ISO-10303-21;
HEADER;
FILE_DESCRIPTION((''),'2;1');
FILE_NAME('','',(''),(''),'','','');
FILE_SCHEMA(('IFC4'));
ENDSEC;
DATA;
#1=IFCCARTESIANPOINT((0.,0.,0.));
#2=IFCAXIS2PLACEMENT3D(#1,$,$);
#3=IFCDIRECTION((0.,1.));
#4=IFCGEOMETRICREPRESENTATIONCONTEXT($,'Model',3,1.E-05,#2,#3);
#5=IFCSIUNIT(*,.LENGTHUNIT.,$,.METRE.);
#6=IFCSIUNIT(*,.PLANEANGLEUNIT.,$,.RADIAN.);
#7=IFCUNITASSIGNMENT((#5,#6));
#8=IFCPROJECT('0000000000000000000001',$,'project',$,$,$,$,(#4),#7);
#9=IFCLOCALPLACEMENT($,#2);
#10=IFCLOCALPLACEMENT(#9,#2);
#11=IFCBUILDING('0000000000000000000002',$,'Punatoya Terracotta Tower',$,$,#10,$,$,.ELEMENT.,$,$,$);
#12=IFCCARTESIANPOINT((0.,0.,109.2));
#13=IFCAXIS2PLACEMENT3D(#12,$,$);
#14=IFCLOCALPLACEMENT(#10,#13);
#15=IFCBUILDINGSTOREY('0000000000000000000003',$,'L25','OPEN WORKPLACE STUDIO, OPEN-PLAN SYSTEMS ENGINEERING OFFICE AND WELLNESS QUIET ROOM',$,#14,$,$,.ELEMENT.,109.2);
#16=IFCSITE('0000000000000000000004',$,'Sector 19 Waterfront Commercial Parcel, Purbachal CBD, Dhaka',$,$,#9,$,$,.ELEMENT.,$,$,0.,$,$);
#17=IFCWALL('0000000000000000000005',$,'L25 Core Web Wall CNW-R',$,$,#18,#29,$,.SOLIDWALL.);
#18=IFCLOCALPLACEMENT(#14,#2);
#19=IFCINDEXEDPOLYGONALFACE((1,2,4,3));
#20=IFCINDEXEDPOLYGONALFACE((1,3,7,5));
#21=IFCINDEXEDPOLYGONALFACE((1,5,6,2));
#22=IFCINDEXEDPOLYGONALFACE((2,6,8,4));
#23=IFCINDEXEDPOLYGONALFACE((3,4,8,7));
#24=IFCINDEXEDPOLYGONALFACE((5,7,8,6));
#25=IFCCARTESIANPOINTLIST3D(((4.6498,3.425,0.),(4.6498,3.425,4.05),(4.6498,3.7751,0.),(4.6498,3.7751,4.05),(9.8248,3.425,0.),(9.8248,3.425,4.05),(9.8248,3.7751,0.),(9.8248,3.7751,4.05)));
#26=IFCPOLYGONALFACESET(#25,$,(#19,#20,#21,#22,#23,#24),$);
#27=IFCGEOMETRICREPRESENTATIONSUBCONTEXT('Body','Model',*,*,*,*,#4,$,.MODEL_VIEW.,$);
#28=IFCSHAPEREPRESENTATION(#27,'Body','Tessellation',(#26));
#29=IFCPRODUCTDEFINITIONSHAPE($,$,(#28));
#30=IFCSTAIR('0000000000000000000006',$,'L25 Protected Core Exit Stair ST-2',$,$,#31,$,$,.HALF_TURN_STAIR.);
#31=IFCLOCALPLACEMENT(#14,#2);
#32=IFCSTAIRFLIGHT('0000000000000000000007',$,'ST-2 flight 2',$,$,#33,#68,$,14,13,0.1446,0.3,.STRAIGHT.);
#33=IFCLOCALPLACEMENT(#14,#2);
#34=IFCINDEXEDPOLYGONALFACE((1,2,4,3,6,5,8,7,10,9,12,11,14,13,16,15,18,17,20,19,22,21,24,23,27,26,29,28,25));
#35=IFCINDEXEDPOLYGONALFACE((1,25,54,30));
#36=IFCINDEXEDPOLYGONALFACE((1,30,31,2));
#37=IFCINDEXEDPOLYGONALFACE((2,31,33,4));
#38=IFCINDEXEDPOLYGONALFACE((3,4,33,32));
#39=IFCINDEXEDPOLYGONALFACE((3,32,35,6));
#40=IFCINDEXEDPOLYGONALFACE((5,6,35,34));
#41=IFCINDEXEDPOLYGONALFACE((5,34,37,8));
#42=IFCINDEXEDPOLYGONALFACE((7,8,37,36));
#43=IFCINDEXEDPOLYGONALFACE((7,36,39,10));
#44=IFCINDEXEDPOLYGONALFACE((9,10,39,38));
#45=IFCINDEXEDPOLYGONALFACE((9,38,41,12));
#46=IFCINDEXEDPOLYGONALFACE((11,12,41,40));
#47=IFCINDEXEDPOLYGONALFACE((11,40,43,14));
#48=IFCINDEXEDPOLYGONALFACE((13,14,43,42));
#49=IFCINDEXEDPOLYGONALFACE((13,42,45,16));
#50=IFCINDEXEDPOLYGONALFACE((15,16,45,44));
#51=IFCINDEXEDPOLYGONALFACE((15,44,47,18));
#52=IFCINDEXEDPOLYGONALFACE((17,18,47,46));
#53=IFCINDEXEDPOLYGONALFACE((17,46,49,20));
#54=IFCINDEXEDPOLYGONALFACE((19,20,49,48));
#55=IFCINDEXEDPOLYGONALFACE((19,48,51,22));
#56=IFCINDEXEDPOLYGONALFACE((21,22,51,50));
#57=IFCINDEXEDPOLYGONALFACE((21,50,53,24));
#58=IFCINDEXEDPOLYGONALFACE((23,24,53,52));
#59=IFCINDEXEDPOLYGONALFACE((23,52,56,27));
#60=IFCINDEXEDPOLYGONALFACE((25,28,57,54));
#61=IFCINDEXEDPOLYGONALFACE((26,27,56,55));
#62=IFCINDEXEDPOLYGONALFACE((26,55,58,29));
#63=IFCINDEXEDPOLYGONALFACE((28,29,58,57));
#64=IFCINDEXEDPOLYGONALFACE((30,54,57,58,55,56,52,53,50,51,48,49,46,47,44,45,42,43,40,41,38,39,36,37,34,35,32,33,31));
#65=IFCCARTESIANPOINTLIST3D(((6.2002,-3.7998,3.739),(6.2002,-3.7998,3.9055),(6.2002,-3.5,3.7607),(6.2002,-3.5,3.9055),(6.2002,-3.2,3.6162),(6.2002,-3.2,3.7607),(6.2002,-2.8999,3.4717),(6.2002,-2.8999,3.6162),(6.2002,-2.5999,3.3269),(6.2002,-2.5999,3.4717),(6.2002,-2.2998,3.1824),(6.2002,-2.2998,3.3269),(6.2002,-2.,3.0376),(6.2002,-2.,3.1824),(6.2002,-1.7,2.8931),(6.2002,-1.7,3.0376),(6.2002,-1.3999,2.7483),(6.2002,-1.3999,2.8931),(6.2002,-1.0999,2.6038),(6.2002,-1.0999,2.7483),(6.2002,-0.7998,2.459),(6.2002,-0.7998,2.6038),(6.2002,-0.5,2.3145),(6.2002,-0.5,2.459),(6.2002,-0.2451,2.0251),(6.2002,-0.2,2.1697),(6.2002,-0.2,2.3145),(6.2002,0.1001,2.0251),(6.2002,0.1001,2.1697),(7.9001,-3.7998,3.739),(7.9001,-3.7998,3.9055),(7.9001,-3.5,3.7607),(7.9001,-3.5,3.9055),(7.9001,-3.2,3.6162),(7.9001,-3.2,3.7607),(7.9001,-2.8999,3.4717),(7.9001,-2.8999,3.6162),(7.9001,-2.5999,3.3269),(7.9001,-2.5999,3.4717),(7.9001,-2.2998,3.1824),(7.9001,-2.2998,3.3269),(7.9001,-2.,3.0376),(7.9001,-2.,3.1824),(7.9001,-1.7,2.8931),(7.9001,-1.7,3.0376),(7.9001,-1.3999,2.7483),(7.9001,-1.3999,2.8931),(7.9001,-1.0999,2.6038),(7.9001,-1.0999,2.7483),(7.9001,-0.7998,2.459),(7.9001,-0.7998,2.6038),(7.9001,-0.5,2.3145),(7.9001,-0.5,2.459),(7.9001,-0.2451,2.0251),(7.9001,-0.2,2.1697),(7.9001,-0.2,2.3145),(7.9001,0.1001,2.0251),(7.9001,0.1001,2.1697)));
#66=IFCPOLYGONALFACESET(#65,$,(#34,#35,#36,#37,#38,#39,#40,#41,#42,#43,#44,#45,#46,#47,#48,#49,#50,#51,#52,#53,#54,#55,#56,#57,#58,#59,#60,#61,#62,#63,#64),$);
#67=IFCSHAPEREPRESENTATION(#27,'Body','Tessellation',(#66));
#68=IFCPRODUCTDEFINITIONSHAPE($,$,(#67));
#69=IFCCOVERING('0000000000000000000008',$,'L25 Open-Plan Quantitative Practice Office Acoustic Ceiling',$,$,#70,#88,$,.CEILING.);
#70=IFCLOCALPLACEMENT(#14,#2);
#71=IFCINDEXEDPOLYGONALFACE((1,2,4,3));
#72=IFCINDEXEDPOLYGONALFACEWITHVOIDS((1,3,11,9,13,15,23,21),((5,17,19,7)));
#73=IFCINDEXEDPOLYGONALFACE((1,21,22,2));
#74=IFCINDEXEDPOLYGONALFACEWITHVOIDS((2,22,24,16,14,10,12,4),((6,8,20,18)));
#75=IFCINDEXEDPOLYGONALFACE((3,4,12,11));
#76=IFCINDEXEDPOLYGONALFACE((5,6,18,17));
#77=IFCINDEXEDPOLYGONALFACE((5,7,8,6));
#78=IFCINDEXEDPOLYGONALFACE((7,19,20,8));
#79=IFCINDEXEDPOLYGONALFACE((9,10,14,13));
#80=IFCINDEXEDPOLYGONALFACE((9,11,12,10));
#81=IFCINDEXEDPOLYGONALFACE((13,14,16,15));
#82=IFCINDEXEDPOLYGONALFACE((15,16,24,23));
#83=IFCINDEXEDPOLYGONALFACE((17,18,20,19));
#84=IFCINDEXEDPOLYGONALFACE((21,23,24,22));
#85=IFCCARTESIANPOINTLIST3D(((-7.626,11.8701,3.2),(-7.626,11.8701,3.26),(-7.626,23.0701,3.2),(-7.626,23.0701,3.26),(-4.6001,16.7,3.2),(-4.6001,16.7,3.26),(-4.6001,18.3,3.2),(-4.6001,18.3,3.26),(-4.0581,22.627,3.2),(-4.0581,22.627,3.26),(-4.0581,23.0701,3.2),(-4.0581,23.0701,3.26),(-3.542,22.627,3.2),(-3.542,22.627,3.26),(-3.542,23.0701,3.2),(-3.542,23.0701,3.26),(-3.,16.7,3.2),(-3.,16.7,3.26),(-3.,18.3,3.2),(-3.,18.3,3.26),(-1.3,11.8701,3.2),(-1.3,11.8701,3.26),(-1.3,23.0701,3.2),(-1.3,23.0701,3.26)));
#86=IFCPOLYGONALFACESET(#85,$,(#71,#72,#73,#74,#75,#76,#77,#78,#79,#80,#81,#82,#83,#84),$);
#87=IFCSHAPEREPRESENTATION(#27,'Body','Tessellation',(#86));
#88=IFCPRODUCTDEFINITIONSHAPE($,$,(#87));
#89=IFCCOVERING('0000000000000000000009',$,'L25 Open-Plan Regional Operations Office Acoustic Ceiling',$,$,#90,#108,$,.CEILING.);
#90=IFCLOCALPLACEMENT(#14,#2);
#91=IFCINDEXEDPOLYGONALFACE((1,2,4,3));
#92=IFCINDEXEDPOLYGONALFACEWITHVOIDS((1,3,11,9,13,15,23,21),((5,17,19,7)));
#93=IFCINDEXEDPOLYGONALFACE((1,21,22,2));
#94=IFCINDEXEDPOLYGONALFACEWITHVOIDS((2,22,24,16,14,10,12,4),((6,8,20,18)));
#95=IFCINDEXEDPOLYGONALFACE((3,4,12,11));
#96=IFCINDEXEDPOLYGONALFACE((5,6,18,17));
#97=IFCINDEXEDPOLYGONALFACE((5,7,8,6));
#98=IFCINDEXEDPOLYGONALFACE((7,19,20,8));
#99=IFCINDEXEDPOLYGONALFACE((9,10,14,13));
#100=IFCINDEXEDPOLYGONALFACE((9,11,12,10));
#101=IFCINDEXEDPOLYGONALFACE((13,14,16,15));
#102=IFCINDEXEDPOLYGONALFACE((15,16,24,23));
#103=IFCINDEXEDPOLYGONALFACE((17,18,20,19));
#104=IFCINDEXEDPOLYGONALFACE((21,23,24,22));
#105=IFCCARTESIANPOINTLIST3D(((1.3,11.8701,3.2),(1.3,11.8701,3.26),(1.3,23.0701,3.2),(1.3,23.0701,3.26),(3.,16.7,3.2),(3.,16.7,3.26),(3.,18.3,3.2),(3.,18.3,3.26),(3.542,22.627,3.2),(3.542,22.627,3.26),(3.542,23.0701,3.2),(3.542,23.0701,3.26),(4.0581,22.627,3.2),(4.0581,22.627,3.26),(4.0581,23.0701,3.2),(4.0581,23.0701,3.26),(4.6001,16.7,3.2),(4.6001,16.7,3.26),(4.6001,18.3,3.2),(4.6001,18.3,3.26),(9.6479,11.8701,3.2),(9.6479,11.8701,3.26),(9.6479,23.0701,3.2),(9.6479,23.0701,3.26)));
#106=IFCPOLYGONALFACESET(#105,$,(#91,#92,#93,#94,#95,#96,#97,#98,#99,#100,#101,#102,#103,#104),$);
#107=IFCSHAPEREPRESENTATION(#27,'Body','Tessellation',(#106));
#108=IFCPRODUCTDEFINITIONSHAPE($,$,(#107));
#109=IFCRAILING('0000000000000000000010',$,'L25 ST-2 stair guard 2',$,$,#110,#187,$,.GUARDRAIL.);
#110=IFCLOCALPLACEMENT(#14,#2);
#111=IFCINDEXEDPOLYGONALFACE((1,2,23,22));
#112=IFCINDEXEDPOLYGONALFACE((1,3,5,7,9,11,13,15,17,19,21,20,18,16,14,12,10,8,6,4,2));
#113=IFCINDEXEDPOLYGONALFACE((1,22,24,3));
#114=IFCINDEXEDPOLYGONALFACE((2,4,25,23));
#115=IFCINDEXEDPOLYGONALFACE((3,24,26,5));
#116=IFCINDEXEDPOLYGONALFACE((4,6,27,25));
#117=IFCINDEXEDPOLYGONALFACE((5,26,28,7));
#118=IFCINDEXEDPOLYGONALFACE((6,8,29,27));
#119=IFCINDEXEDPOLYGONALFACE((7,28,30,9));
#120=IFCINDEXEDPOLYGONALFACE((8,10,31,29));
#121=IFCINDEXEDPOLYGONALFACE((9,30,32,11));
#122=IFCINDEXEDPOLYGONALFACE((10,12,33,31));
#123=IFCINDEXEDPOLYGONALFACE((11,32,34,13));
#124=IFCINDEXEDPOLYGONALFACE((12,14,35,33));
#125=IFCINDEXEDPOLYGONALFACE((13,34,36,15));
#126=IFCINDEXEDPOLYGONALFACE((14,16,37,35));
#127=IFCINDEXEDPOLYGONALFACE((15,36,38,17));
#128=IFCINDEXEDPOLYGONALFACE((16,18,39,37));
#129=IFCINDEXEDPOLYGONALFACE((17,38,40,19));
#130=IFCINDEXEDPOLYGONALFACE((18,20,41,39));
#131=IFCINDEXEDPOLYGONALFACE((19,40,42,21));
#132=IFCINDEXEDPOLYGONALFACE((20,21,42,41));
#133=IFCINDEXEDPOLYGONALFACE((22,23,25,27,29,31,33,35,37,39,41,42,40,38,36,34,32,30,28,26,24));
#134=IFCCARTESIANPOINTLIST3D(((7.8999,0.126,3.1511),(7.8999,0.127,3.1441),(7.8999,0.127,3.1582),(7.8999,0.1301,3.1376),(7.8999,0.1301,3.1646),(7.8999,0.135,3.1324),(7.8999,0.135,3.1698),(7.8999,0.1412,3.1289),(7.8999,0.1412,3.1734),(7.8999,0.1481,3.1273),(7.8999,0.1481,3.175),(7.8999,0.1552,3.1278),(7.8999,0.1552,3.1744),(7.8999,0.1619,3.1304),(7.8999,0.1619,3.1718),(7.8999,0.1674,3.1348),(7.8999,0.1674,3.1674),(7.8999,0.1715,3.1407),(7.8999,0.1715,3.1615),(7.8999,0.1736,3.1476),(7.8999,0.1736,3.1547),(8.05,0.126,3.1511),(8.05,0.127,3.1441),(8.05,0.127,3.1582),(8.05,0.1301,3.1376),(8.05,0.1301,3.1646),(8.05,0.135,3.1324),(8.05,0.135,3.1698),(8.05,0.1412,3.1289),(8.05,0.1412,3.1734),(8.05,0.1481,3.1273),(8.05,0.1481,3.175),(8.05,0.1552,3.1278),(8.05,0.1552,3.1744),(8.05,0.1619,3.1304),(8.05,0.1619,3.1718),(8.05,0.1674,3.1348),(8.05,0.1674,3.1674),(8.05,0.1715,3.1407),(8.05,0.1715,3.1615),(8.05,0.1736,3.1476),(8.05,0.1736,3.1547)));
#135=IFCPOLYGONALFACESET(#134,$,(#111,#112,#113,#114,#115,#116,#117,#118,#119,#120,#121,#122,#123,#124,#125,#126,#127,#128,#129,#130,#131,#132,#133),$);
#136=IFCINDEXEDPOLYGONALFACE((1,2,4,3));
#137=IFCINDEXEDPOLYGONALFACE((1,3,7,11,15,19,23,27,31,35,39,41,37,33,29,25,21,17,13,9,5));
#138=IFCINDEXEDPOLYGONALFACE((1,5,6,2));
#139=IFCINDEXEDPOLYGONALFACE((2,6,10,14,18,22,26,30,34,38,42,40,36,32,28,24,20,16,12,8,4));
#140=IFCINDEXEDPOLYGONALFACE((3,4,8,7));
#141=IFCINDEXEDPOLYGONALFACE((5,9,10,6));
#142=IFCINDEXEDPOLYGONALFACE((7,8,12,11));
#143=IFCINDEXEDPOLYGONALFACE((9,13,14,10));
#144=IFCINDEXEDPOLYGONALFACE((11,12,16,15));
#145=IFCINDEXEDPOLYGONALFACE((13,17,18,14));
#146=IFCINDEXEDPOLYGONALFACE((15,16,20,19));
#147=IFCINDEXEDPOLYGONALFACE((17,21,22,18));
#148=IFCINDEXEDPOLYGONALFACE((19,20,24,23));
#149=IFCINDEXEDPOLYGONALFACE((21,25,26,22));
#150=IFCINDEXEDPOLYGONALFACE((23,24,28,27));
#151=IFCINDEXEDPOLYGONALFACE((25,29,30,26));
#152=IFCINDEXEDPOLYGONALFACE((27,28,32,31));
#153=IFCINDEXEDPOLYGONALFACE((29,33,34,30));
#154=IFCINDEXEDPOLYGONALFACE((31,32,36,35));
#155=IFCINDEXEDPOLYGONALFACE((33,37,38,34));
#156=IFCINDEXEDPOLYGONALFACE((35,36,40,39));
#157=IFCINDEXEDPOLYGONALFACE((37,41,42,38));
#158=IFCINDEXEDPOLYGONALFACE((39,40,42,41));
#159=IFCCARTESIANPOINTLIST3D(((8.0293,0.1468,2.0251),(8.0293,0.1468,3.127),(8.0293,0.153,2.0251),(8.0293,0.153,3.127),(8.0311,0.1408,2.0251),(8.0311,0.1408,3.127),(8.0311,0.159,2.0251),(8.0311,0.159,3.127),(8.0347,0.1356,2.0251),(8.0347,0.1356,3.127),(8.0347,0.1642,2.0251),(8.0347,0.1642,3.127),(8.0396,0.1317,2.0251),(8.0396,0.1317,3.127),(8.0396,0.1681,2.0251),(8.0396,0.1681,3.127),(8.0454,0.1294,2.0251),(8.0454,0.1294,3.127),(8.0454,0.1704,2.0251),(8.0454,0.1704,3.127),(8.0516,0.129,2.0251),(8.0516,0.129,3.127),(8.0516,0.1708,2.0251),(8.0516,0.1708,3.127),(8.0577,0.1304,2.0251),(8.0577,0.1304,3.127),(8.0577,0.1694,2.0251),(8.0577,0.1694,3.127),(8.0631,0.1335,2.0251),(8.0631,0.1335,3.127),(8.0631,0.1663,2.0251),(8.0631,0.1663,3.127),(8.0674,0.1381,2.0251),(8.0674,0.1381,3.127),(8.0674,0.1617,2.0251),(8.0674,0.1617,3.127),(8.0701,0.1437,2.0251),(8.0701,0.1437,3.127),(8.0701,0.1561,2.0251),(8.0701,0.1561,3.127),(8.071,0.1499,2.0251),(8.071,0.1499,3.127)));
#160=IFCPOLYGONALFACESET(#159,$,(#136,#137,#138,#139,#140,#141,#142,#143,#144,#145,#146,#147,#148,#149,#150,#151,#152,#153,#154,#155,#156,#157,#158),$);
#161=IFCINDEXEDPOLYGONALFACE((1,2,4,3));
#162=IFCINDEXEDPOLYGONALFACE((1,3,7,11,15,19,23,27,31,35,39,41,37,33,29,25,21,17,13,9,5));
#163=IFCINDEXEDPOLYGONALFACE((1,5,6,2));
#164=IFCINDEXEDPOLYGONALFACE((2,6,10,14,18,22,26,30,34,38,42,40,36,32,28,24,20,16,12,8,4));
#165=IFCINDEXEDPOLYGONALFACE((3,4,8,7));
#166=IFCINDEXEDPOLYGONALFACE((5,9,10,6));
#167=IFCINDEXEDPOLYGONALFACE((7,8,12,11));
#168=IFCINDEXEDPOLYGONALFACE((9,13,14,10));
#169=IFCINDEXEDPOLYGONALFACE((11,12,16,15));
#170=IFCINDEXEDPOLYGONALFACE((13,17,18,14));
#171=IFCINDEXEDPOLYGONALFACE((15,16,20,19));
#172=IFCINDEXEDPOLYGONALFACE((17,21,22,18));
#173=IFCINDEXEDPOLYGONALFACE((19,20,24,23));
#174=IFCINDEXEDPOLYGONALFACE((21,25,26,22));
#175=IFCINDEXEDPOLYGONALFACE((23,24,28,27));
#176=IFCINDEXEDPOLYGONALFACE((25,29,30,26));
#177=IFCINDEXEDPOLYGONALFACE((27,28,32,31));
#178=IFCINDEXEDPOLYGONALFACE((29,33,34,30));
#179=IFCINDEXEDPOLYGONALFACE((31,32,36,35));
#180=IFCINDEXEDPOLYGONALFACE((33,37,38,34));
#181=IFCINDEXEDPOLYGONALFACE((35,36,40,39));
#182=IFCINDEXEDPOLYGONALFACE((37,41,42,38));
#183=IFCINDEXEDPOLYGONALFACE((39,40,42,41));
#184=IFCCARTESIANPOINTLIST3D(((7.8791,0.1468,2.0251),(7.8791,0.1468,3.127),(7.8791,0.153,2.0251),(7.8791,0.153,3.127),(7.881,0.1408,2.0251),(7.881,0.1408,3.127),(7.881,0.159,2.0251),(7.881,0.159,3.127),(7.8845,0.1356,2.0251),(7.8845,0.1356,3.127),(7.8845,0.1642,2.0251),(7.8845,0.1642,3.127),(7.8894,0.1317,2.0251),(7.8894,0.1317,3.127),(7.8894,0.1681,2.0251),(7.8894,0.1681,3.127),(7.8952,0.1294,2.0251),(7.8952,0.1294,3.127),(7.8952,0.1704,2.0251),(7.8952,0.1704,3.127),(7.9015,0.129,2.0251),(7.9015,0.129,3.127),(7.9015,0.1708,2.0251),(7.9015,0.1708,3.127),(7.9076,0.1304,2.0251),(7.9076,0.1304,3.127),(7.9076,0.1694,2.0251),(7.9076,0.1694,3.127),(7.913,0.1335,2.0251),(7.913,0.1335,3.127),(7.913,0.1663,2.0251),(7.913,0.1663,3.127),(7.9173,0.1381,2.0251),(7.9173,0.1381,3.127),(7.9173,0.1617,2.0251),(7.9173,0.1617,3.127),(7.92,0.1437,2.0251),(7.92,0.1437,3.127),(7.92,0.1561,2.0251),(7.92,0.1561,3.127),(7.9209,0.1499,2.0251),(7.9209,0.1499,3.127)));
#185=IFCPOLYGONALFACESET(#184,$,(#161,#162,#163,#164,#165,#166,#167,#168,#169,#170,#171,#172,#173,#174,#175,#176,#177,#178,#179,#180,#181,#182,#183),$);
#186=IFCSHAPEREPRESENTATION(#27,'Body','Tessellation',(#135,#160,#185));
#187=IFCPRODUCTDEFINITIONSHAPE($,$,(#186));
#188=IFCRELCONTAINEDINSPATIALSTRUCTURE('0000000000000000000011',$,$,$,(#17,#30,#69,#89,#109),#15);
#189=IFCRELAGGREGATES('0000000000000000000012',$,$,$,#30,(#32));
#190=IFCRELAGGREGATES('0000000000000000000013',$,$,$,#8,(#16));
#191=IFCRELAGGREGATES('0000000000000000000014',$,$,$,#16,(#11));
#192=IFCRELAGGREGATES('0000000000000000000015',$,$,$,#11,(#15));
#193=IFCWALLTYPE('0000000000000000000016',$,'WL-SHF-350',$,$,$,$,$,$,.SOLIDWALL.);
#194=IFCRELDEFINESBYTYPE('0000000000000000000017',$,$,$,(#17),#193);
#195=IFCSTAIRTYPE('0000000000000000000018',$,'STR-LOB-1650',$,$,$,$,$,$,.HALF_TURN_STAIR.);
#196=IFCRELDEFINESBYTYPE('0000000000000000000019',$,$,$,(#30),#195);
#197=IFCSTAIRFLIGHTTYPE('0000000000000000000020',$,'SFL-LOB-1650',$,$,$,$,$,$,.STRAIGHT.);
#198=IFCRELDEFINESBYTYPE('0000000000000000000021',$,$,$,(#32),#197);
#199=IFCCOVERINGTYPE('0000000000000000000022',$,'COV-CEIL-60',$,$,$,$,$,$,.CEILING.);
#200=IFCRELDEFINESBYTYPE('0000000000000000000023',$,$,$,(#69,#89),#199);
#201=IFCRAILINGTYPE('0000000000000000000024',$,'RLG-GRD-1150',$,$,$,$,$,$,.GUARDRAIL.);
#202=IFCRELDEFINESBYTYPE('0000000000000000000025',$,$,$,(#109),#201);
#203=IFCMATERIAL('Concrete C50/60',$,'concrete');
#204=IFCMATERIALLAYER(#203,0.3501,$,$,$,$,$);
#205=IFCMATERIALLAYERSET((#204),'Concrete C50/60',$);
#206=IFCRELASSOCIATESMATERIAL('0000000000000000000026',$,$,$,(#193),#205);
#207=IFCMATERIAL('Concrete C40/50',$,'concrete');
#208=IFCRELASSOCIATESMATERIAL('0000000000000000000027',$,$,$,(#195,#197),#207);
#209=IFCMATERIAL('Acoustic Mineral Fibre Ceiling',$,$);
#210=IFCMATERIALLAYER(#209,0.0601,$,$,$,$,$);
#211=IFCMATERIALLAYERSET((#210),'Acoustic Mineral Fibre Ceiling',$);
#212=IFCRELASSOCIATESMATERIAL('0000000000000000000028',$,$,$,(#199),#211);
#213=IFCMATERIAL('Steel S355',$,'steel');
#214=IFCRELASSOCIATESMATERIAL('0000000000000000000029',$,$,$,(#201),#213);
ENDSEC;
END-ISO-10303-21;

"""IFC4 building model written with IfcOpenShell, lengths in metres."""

from ifc_helpers import new_model, si_unit, direction, frame, frame_2d, origin, origin_2d, place, context, subcontext, project, spatial, polyline, rectangle, circle, outline, extrude, material, layer, layer_set, type_object, element, aggregate, save


model = new_model("IFC4")

# Units and contexts
model_context = context("Model", 3, precision=1e-05, world=origin(), true_north=direction((0.0, 1.0)))
body_context = subcontext(model_context, "Body", "Model", "MODEL_VIEW")
ifc_project = project(units=[si_unit("LENGTHUNIT", "METRE"), si_unit("PLANEANGLEUNIT", "RADIAN")], contexts=[model_context])

# Site, building, storey
site_placement = place(None, origin())
site = spatial("IfcSite", under=ifc_project, at=site_placement, Name="Sector 19 Waterfront Commercial Parcel, Purbachal CBD, Dhaka", CompositionType="ELEMENT", RefElevation=0.0)
building_placement = place(site_placement, origin())
building = spatial("IfcBuilding", under=site, at=building_placement, Name="Punatoya Terracotta Tower", CompositionType="ELEMENT")
storey_placement = place(building_placement, frame((0.0, 0.0, 109.2)))
storey = spatial("IfcBuildingStorey", under=building, at=storey_placement, Name="L25", Description="OPEN WORKPLACE STUDIO, OPEN-PLAN SYSTEMS ENGINEERING OFFICE AND WELLNESS QUIET ROOM", CompositionType="ELEMENT", Elevation=109.2)

# Shared definitions
ifc_material_1 = material(Name="Steel S355", Category="steel")

# Wall
ifc_material_2 = material(Name="Concrete C40/50", Category="concrete")
ifc_material_3 = material(Name="Concrete C50/60", Category="concrete")
ifc_layer_1 = layer(ifc_material_3, 0.3501)
ifc_layer_set_1 = layer_set([ifc_layer_1], Name="Concrete C50/60")
wall_type_1 = type_object("IfcWallType", Name="WL-SHF-350", PredefinedType="SOLIDWALL", material=ifc_layer_set_1)
wall_1_placement = place(storey_placement, frame((4.6499, 3.6001, 0.0), z_axis=(0.0, 0.0, 1.0), x_axis=(1.0, 0.0, 0.0)))
element("IfcWall", 1, at=wall_1_placement, inside=storey, type_object=wall_type_1, Name="L25 Core Web Wall CNW-R", PredefinedType="SOLIDWALL", context=body_context, shape_type="SweptSolid", body=[
    extrude(rectangle(XDim=5.175, YDim=0.3501, at=frame_2d((2.5874, 0.0))), origin(), (0.0, 0.0, 1.0), 4.05),
])

# Stair, stair flight
stair_type = type_object("IfcStairType", Name="STR-LOB-1650", PredefinedType="HALF_TURN_STAIR", material=ifc_material_2)
stair_placement = place(storey_placement, origin())
stair = element("IfcStair", 2, at=stair_placement, inside=storey, type_object=stair_type, Name="L25 Protected Core Exit Stair ST-2", PredefinedType="HALF_TURN_STAIR")
stair_flight_type = type_object("IfcStairFlightType", Name="SFL-LOB-1650", PredefinedType="STRAIGHT", material=ifc_material_2)
stair_flight_placement = place(storey_placement, frame((7.05, 0.1001, 2.0251), z_axis=(0.0, 0.0, 1.0), x_axis=(0.0, -1.0, 0.0)))
stair_flight = element("IfcStairFlight", 3, at=stair_flight_placement, type_object=stair_flight_type, Name="ST-2 flight 2", NumberOfRisers=14, NumberOfTreads=13, PredefinedType="STRAIGHT", RiserHeight=0.1446, TreadLength=0.3, context=body_context, shape_type="SweptSolid", body=[
    extrude(outline(polyline([(0.0, 0.0), (0.0, 0.1445), (0.3, 0.1445), (0.3, 0.2893), (0.6001, 0.2893), (0.6001, 0.4338), (0.8999, 0.4338), (0.8999, 0.5786), (1.2, 0.5786), (1.2, 0.7231), (1.5, 0.7231), (1.5, 0.8679), (1.8, 0.8679), (1.8, 1.0125), (2.1001, 1.0125), (2.1001, 1.1572), (2.3999, 1.1572), (2.3999, 1.3018), (2.7, 1.3018), (2.7, 1.4465), (3.0, 1.4465), (3.0, 1.5911), (3.3, 1.5911), (3.3, 1.7356), (3.6001, 1.7356), (3.6001, 1.8804), (3.8999, 1.8804), (3.8999, 2.0249), (3.8999, 1.7139), (0.3452, 0.0), (0.0, 0.0)])), frame((0.0, 0.8501, 0.0), z_axis=(0.0, -1.0, 0.0), x_axis=(1.0, 0.0, 0.0)), (0.0, 0.0, 1.0), 1.7),
])
aggregate(stair, [stair_flight])

# Coverings
ifc_material_4 = material(Name="Acoustic Mineral Fibre Ceiling")
ifc_layer_2 = layer(ifc_material_4, 0.0601)
ifc_layer_set_2 = layer_set([ifc_layer_2], Name="Acoustic Mineral Fibre Ceiling")
covering_type = type_object("IfcCoveringType", Name="COV-CEIL-60", PredefinedType="CEILING", material=ifc_layer_set_2)
covering_1_placement = place(storey_placement, frame((0.0, 0.0, 3.2)))
element("IfcCovering", 4, at=covering_1_placement, inside=storey, type_object=covering_type, Name="L25 Open-Plan Quantitative Practice Office Acoustic Ceiling", PredefinedType="CEILING", context=body_context, shape_type="SweptSolid", body=[
    extrude(outline(polyline([(-3.542, 22.627), (-4.0581, 22.627), (-4.0581, 23.0701), (-7.626, 23.0701), (-7.626, 11.8701), (-1.3, 11.8701), (-1.3, 23.0701), (-3.542, 23.0701), (-3.542, 22.627)]), holes=[polyline([(-3.0, 18.3), (-3.0, 16.7), (-4.6001, 16.7), (-4.6001, 18.3), (-3.0, 18.3)])]), origin(), (0.0, 0.0, 1.0), 0.0601),
])
covering_2_placement = place(storey_placement, frame((0.0, 0.0, 3.2)))
element("IfcCovering", 5, at=covering_2_placement, inside=storey, type_object=covering_type, Name="L25 Open-Plan Regional Operations Office Acoustic Ceiling", PredefinedType="CEILING", context=body_context, shape_type="SweptSolid", body=[
    extrude(outline(polyline([(3.542, 23.0701), (1.3, 23.0701), (1.3, 11.8701), (9.6479, 11.8701), (9.6479, 23.0701), (4.0581, 23.0701), (4.0581, 22.627), (3.542, 22.627), (3.542, 23.0701)]), holes=[polyline([(3.0, 18.3), (4.6001, 18.3), (4.6001, 16.7), (3.0, 16.7), (3.0, 18.3)])]), origin(), (0.0, 0.0, 1.0), 0.0601),
])

# Railing
railing_type_1 = type_object("IfcRailingType", Name="RLG-GRD-1150", PredefinedType="GUARDRAIL", material=ifc_material_1)
railing_1_placement = place(storey_placement, frame((8.05, 0.1499, 2.0251)))
element("IfcRailing", 6, at=railing_1_placement, inside=storey, type_object=railing_type_1, Name="L25 ST-2 stair guard 2", PredefinedType="GUARDRAIL", context=body_context, shape_type="SweptSolid", body=[
    extrude(circle(Radius=0.0239, at=origin_2d()), frame((0.0, 0.0, 1.126), z_axis=(-1.0, 0.0, 0.0), x_axis=(0.0, -1.0, 0.0)), (0.0, 0.0, 1.0), 0.1501),
    extrude(circle(Radius=0.021, at=origin_2d()), origin(), (0.0, 0.0, 1.0), 1.1018),
    extrude(circle(Radius=0.021, at=origin_2d()), frame((-0.1501, 0.0, 0.0)), (0.0, 0.0, 1.0), 1.1018),
])

save(model, "model.ifc")
